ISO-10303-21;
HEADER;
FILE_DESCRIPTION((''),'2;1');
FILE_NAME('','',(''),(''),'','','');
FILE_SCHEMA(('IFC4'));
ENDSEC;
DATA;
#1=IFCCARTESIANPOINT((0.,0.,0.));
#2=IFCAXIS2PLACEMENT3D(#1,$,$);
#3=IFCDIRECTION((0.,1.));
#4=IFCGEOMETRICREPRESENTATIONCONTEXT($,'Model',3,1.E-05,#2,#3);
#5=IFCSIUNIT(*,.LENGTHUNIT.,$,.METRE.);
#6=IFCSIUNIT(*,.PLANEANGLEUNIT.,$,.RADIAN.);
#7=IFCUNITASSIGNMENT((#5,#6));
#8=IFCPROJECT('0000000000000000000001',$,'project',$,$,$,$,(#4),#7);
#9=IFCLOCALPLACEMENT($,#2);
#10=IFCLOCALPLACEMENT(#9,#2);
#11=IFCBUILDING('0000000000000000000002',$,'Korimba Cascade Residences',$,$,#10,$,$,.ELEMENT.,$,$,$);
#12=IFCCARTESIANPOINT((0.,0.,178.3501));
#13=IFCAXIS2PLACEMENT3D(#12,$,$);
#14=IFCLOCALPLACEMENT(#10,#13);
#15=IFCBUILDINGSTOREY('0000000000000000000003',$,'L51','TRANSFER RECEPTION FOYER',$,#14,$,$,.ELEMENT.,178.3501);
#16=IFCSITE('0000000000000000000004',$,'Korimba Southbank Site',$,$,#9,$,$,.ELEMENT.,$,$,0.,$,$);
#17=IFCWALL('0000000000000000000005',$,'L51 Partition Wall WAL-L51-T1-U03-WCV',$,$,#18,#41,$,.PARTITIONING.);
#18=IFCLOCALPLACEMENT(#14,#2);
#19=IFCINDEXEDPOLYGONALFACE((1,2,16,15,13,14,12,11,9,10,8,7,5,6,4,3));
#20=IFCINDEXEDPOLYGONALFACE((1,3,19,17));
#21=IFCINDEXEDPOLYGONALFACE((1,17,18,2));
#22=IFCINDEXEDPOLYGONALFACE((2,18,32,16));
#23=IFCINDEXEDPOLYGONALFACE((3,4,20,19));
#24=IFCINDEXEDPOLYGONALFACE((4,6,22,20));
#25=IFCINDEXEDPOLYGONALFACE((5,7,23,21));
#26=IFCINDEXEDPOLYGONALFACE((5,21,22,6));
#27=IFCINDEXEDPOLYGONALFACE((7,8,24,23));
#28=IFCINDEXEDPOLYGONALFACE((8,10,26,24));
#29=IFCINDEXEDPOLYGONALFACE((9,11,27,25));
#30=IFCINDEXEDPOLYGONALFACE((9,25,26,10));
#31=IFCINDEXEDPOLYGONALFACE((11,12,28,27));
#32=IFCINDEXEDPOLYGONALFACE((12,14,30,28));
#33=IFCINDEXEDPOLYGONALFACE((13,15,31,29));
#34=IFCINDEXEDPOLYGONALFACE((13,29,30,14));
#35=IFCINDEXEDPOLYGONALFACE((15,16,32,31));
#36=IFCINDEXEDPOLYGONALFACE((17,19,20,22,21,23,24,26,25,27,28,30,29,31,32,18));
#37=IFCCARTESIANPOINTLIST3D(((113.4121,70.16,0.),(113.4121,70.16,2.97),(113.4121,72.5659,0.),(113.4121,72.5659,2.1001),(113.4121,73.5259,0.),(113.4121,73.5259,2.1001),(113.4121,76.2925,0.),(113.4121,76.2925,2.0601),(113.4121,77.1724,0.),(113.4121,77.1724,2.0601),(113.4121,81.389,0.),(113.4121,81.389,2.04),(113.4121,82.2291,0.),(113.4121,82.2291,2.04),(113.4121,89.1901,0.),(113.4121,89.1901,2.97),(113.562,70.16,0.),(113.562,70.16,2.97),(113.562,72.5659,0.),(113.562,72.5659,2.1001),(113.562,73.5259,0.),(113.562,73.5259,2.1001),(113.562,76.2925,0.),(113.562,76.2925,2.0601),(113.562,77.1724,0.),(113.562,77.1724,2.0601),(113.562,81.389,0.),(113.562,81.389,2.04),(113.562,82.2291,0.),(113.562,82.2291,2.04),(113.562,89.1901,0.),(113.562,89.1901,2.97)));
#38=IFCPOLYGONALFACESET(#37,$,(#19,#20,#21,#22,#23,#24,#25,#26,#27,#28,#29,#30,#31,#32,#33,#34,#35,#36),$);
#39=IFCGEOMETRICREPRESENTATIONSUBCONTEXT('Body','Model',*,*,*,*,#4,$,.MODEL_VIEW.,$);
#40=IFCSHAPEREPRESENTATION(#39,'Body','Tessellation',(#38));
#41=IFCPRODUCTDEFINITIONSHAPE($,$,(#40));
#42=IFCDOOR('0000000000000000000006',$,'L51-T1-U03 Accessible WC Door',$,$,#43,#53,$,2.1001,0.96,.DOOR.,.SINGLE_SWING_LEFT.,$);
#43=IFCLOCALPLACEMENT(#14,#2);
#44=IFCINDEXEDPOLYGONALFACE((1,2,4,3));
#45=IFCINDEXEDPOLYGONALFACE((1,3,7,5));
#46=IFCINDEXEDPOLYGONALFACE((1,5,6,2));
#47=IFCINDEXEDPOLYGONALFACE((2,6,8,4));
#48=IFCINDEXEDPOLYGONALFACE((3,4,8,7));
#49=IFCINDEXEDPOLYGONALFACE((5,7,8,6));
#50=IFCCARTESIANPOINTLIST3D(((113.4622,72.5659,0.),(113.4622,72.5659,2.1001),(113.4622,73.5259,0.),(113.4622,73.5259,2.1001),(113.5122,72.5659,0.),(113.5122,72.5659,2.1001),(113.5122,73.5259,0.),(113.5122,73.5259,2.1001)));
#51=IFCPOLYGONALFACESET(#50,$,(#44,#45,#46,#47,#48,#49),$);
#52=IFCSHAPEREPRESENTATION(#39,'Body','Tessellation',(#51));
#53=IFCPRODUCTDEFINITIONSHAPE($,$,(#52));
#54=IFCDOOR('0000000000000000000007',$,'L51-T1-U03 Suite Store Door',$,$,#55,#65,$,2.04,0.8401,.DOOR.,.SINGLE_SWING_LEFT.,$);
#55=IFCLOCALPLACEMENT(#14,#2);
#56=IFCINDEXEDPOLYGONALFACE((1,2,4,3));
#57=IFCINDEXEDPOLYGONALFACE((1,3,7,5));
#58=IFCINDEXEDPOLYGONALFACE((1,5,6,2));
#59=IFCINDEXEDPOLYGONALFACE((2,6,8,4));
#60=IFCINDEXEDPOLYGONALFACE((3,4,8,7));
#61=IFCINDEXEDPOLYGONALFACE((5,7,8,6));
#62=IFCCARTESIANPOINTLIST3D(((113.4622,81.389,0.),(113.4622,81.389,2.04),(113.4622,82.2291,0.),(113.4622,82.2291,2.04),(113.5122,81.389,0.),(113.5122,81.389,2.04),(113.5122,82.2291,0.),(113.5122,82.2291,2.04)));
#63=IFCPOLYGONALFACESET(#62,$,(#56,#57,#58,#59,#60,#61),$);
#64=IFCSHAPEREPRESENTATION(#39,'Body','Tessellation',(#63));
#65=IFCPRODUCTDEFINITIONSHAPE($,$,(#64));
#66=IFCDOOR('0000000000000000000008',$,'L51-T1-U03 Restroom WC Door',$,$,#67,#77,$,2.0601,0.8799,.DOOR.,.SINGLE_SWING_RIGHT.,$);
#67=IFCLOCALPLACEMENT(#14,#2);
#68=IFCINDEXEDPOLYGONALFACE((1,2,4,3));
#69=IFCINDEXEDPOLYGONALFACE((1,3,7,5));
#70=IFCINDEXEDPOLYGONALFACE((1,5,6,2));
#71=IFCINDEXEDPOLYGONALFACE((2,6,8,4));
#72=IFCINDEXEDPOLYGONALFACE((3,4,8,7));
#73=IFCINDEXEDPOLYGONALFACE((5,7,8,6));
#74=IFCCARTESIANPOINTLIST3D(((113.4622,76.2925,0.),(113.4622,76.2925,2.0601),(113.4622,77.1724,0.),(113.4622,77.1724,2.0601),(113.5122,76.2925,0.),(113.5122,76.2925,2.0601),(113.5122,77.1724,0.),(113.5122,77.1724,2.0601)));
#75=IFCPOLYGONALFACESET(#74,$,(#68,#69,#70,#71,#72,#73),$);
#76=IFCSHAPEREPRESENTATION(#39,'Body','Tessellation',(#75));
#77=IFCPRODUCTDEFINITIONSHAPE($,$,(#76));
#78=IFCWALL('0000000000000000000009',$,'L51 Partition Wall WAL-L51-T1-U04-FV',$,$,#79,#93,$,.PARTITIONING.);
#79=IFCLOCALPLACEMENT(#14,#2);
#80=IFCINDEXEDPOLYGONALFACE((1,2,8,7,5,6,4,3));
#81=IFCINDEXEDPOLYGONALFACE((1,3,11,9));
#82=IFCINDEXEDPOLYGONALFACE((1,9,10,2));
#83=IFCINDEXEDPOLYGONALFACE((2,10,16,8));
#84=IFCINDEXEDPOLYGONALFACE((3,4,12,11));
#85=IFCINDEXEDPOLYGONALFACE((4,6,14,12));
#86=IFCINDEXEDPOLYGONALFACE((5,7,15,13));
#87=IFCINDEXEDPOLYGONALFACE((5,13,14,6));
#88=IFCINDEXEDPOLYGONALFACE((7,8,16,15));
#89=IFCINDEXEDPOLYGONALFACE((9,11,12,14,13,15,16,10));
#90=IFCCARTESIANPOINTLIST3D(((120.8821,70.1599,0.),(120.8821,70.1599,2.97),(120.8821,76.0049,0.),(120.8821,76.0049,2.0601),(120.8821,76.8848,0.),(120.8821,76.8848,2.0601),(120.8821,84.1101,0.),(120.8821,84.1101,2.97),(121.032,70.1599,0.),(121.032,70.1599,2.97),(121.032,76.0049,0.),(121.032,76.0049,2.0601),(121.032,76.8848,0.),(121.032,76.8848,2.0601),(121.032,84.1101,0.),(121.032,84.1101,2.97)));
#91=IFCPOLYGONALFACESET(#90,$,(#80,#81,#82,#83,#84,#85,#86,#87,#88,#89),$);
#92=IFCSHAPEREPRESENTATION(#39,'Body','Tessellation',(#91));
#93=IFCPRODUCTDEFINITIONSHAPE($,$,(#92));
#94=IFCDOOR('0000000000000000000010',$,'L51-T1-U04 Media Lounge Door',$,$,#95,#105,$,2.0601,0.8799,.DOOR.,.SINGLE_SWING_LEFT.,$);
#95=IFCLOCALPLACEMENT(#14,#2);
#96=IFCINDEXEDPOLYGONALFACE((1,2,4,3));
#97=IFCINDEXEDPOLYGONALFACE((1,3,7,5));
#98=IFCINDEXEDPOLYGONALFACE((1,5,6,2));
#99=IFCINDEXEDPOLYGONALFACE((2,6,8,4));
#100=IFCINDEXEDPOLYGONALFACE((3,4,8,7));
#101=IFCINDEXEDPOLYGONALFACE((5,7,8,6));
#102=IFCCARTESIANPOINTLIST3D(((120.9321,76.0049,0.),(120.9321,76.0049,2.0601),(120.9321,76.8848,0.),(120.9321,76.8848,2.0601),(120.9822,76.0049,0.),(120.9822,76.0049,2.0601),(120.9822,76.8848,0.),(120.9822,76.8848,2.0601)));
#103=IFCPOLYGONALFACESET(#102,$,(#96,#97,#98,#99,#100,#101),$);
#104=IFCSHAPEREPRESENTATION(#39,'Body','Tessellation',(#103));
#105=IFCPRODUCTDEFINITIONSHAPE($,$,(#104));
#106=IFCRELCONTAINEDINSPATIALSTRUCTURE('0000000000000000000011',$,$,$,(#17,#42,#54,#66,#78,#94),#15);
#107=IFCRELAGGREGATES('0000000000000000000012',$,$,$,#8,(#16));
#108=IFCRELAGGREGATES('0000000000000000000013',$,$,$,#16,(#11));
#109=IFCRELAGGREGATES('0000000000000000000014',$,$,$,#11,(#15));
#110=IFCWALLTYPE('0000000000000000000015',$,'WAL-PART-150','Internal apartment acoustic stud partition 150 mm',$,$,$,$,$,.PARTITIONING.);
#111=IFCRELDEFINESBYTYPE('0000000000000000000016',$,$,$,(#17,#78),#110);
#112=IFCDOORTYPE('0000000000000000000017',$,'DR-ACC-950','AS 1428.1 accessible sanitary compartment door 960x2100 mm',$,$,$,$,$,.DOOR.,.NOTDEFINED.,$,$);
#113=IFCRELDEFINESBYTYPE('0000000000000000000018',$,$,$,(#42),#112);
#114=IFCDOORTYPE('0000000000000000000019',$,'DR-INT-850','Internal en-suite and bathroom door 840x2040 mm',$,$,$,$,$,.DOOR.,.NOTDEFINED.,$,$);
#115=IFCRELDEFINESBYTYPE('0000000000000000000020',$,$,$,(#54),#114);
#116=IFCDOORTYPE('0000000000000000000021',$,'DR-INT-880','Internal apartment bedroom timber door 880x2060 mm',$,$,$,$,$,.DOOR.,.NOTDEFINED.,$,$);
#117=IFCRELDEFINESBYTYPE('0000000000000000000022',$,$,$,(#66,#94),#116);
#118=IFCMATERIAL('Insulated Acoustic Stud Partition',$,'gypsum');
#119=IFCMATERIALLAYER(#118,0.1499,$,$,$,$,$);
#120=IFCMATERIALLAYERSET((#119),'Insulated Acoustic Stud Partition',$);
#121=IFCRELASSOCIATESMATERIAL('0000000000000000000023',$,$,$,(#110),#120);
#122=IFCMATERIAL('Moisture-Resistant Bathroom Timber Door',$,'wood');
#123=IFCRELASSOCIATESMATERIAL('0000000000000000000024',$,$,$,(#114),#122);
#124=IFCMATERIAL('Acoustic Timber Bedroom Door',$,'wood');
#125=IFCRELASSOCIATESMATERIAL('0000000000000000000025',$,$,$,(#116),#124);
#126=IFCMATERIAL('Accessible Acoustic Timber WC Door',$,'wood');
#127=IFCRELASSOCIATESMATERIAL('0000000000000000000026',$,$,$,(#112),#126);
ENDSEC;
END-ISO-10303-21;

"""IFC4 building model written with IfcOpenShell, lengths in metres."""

from ifc_helpers import new_model, si_unit, direction, frame, frame_2d, origin, place, context, subcontext, project, spatial, rectangle, extrude, material, layer, layer_set, type_object, element, fill, save


model = new_model("IFC4")

# Units and contexts
model_context = context("Model", 3, precision=1e-05, world=origin(), true_north=direction((0.0, 1.0)))
body_context = subcontext(model_context, "Body", "Model", "MODEL_VIEW")
ifc_project = project(units=[si_unit("LENGTHUNIT", "METRE"), si_unit("PLANEANGLEUNIT", "RADIAN")], contexts=[model_context])

# Site, building, storey
site_placement = place(None, origin())
site = spatial("IfcSite", under=ifc_project, at=site_placement, Name="Korimba Southbank Site", CompositionType="ELEMENT", RefElevation=0.0)
building_placement = place(site_placement, origin())
building = spatial("IfcBuilding", under=site, at=building_placement, Name="Korimba Cascade Residences", CompositionType="ELEMENT")
storey_placement = place(building_placement, frame((0.0, 0.0, 178.3501)))
storey = spatial("IfcBuildingStorey", under=building, at=storey_placement, Name="L51", Description="TRANSFER RECEPTION FOYER", CompositionType="ELEMENT", Elevation=178.3501)

# Shared definitions
ifc_material_1 = material(Name="Insulated Acoustic Stud Partition", Category="gypsum")
ifc_layer_1 = layer(ifc_material_1, 0.1499)
ifc_layer_set_1 = layer_set([ifc_layer_1], Name="Insulated Acoustic Stud Partition")
wall_type_1 = type_object("IfcWallType", Name="WAL-PART-150", Description="Internal apartment acoustic stud partition 150 mm", PredefinedType="PARTITIONING", material=ifc_layer_set_1)
ifc_material_2 = material(Name="Moisture-Resistant Bathroom Timber Door", Category="wood")
door_type_1 = type_object("IfcDoorType", Name="DR-INT-850", Description="Internal en-suite and bathroom door 840x2040 mm", OperationType="NOTDEFINED", PredefinedType="DOOR", material=ifc_material_2)

# Wall, openings, doors
ifc_material_3 = material(Name="Acoustic Timber Bedroom Door", Category="wood")
door_type_2 = type_object("IfcDoorType", Name="DR-INT-880", Description="Internal apartment bedroom timber door 880x2060 mm", OperationType="NOTDEFINED", PredefinedType="DOOR", material=ifc_material_3)
wall_1_placement = place(storey_placement, frame((113.4871, 70.1599, 0.0), z_axis=(0.0, 0.0, 1.0), x_axis=(0.0, 1.0, 0.0)))
wall_1 = element("IfcWall", 1, at=wall_1_placement, inside=storey, type_object=wall_type_1, Name="L51 Partition Wall WAL-L51-T1-U03-WCV", PredefinedType="PARTITIONING", context=body_context, shape_type="SweptSolid", body=[
    extrude(rectangle(XDim=19.03, YDim=0.1499, at=frame_2d((9.5151, 0.0))), origin(), (0.0, 0.0, 1.0), 2.97),
])
opening_1_placement = place(wall_1_placement, frame((2.406, 0.0, 0.0)))
opening_1 = element("IfcOpeningElement", 2, at=opening_1_placement, cuts=wall_1, PredefinedType="OPENING", context=body_context, shape_type="SweptSolid", body=[
    extrude(rectangle(XDim=0.96, YDim=2.1001, at=frame_2d((0.48, 1.05))), frame((0.0, 0.085, 0.0), z_axis=(0.0, -1.0, 0.0), x_axis=(1.0, 0.0, 0.0)), (0.0, 0.0, 1.0), 0.1699),
])
opening_2_placement = place(wall_1_placement, frame((6.1326, 0.0, 0.0)))
opening_2 = element("IfcOpeningElement", 3, at=opening_2_placement, cuts=wall_1, PredefinedType="OPENING", context=body_context, shape_type="SweptSolid", body=[
    extrude(rectangle(XDim=0.8799, YDim=2.0601, at=frame_2d((0.4399, 1.03))), frame((0.0, 0.085, 0.0), z_axis=(0.0, -1.0, 0.0), x_axis=(1.0, 0.0, 0.0)), (0.0, 0.0, 1.0), 0.1699),
])
opening_3_placement = place(wall_1_placement, frame((11.2292, 0.0, 0.0)))
opening_3 = element("IfcOpeningElement", 4, at=opening_3_placement, cuts=wall_1, PredefinedType="OPENING", context=body_context, shape_type="SweptSolid", body=[
    extrude(rectangle(XDim=0.8401, YDim=2.04, at=frame_2d((0.4199, 1.02))), frame((0.0, 0.085, 0.0), z_axis=(0.0, -1.0, 0.0), x_axis=(1.0, 0.0, 0.0)), (0.0, 0.0, 1.0), 0.1699),
])
ifc_material_4 = material(Name="Accessible Acoustic Timber WC Door", Category="wood")
door_type_3 = type_object("IfcDoorType", Name="DR-ACC-950", Description="AS 1428.1 accessible sanitary compartment door 960x2100 mm", OperationType="NOTDEFINED", PredefinedType="DOOR", material=ifc_material_4)
door_1_placement = place(opening_1_placement, origin())
door_1 = element("IfcDoor", 5, at=door_1_placement, inside=storey, type_object=door_type_3, Name="L51-T1-U03 Accessible WC Door", OperationType="SINGLE_SWING_LEFT", OverallHeight=2.1001, OverallWidth=0.96, PredefinedType="DOOR", context=body_context, shape_type="SweptSolid", body=[
    extrude(rectangle(XDim=0.96, YDim=2.1001, at=frame_2d((0.48, 1.05))), frame((0.0, 0.0249, 0.0), z_axis=(0.0, -1.0, 0.0), x_axis=(1.0, 0.0, 0.0)), (0.0, 0.0, 1.0), 0.05),
])
fill(opening_1, door_1)
door_2_placement = place(opening_3_placement, origin())
door_2 = element("IfcDoor", 6, at=door_2_placement, inside=storey, type_object=door_type_1, Name="L51-T1-U03 Suite Store Door", OperationType="SINGLE_SWING_LEFT", OverallHeight=2.04, OverallWidth=0.8401, PredefinedType="DOOR", context=body_context, shape_type="SweptSolid", body=[
    extrude(rectangle(XDim=0.8401, YDim=2.04, at=frame_2d((0.4199, 1.02))), frame((0.0, 0.0249, 0.0), z_axis=(0.0, -1.0, 0.0), x_axis=(1.0, 0.0, 0.0)), (0.0, 0.0, 1.0), 0.05),
])
fill(opening_3, door_2)
door_3_placement = place(opening_2_placement, origin())
door_3 = element("IfcDoor", 7, at=door_3_placement, inside=storey, type_object=door_type_2, Name="L51-T1-U03 Restroom WC Door", OperationType="SINGLE_SWING_RIGHT", OverallHeight=2.0601, OverallWidth=0.8799, PredefinedType="DOOR", context=body_context, shape_type="SweptSolid", body=[
    extrude(rectangle(XDim=0.8799, YDim=2.0601, at=frame_2d((0.4399, 1.03))), frame((0.0, 0.0249, 0.0), z_axis=(0.0, -1.0, 0.0), x_axis=(1.0, 0.0, 0.0)), (0.0, 0.0, 1.0), 0.05),
])
fill(opening_2, door_3)

# Wall, opening, door
wall_2_placement = place(storey_placement, frame((120.957, 70.1599, 0.0), z_axis=(0.0, 0.0, 1.0), x_axis=(0.0, 1.0, 0.0)))
wall_2 = element("IfcWall", 8, at=wall_2_placement, inside=storey, type_object=wall_type_1, Name="L51 Partition Wall WAL-L51-T1-U04-FV", PredefinedType="PARTITIONING", context=body_context, shape_type="SweptSolid", body=[
    extrude(rectangle(XDim=13.9502, YDim=0.1499, at=frame_2d((6.9751, 0.0))), origin(), (0.0, 0.0, 1.0), 2.97),
])
opening_4_placement = place(wall_2_placement, frame((5.845, 0.0, 0.0)))
opening_4 = element("IfcOpeningElement", 9, at=opening_4_placement, cuts=wall_2, PredefinedType="OPENING", context=body_context, shape_type="SweptSolid", body=[
    extrude(rectangle(XDim=0.8799, YDim=2.0601, at=frame_2d((0.4399, 1.03))), frame((0.0, 0.085, 0.0), z_axis=(0.0, -1.0, 0.0), x_axis=(1.0, 0.0, 0.0)), (0.0, 0.0, 1.0), 0.1699),
])
door_4_placement = place(opening_4_placement, origin())
door_4 = element("IfcDoor", 10, at=door_4_placement, inside=storey, type_object=door_type_2, Name="L51-T1-U04 Media Lounge Door", OperationType="SINGLE_SWING_LEFT", OverallHeight=2.0601, OverallWidth=0.8799, PredefinedType="DOOR", context=body_context, shape_type="SweptSolid", body=[
    extrude(rectangle(XDim=0.8799, YDim=2.0601, at=frame_2d((0.4399, 1.03))), frame((0.0, 0.0249, 0.0), z_axis=(0.0, -1.0, 0.0), x_axis=(1.0, 0.0, 0.0)), (0.0, 0.0, 1.0), 0.05),
])
fill(opening_4, door_4)

save(model, "model.ifc")
